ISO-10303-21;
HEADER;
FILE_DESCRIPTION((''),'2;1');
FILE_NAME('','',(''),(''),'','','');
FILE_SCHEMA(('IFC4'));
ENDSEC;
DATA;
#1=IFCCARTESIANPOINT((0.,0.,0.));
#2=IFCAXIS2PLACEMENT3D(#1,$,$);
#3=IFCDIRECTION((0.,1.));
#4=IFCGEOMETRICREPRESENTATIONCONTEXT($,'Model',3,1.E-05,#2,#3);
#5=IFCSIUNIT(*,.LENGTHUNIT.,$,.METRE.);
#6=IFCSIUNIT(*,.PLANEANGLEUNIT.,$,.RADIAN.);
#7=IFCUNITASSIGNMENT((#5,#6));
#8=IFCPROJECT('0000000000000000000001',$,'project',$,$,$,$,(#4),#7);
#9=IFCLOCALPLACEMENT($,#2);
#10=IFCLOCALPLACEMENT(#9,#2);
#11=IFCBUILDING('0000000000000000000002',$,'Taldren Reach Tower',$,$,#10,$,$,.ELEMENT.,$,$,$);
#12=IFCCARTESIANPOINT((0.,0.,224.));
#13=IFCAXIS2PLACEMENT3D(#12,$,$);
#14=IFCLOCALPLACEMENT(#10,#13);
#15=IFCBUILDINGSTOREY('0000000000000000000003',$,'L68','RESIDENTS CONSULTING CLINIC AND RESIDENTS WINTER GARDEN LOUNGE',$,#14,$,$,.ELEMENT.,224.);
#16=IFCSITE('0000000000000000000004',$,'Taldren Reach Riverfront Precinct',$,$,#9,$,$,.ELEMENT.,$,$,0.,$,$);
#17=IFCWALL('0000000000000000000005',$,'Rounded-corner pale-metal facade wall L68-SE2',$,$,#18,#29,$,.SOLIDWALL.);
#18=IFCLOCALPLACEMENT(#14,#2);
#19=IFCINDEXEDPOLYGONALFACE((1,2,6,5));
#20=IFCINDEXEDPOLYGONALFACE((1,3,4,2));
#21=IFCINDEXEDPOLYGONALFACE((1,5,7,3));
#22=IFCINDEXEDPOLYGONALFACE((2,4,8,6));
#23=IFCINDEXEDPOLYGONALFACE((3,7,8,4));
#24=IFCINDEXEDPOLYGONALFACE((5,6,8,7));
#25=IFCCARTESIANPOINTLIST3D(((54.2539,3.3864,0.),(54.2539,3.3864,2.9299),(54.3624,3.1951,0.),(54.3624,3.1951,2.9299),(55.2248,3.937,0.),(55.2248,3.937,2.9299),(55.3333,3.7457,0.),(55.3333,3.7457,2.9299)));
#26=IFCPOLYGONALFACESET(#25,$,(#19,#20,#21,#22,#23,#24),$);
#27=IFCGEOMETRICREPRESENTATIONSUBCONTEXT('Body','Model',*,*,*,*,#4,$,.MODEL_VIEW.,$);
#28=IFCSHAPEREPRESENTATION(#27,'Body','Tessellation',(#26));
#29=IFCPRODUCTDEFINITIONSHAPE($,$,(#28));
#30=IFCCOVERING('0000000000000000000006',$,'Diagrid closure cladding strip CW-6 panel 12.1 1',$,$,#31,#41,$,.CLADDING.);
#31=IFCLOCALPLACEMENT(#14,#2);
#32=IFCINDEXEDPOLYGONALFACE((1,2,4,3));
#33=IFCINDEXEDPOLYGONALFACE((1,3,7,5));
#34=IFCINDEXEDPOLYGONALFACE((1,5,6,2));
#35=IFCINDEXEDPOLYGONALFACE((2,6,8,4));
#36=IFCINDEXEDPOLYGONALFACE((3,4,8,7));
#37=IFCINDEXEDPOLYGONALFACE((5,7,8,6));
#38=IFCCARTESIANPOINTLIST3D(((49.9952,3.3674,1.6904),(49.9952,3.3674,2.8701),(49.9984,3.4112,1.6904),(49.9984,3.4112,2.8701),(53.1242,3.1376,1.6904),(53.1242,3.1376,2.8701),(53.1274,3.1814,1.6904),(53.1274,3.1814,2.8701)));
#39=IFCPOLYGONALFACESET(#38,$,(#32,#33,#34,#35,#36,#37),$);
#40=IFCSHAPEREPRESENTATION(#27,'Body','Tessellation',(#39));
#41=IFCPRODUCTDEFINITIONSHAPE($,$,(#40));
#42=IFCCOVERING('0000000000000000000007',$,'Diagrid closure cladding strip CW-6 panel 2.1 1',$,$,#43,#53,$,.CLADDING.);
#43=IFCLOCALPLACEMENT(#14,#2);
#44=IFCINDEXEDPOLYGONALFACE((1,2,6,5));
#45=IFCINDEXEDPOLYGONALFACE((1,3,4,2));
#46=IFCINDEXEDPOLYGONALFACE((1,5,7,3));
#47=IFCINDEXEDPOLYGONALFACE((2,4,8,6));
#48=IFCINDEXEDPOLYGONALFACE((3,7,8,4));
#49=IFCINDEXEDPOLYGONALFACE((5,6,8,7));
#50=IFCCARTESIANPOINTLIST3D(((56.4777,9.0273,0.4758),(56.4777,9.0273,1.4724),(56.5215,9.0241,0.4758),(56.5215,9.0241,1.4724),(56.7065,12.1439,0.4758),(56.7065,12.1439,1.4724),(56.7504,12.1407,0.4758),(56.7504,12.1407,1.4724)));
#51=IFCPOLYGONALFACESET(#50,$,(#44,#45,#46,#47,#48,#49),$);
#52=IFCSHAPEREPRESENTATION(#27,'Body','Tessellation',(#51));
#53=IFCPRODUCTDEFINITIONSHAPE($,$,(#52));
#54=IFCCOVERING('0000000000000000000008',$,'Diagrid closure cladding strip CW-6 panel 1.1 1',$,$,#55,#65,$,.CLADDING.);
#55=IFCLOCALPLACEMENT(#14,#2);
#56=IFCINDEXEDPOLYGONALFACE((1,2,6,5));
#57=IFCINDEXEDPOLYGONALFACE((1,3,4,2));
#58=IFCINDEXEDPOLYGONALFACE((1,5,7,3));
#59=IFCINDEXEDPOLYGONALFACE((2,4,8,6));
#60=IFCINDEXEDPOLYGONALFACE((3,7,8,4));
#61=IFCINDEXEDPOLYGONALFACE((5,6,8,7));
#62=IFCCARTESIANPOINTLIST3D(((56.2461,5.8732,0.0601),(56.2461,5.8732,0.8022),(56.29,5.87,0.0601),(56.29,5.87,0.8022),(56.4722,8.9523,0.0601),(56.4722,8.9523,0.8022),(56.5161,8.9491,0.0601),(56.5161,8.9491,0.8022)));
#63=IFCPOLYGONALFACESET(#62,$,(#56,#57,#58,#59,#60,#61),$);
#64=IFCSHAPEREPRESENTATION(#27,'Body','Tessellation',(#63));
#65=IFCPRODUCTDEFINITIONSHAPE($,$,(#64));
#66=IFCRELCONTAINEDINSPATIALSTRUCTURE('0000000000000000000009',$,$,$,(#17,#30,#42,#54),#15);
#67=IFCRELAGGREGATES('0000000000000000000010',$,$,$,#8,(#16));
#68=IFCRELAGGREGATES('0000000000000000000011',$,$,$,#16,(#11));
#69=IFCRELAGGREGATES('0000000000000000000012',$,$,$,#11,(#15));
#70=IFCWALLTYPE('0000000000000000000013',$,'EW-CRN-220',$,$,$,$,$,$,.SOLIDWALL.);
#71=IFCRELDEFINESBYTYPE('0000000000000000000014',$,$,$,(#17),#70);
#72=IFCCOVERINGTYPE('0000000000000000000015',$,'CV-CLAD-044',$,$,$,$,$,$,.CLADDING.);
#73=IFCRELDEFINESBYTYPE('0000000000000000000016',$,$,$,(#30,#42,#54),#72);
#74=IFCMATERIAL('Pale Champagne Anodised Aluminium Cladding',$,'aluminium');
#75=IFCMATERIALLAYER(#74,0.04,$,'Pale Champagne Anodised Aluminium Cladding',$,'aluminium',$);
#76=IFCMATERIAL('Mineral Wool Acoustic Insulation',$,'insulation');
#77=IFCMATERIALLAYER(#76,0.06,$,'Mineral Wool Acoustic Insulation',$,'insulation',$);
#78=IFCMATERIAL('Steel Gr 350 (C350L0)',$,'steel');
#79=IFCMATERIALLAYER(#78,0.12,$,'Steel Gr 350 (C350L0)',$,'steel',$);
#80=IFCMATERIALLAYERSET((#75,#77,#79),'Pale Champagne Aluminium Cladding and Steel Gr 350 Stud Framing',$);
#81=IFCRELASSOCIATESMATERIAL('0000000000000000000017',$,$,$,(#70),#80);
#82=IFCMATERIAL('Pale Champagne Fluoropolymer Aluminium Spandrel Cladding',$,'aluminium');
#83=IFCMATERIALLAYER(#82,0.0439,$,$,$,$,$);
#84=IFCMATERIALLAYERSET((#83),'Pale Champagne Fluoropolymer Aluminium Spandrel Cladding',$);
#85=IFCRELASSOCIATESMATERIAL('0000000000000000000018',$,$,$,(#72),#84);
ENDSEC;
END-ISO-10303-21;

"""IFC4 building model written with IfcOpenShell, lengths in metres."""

from ifc_helpers import new_model, si_unit, direction, frame, frame_2d, origin, origin_2d, place, context, subcontext, project, spatial, rectangle, extrude, source, transform, mapped, material, layer, layer_set, type_object, element, save


model = new_model("IFC4")

# Units and contexts
model_context = context("Model", 3, precision=1e-05, world=origin(), true_north=direction((0.0, 1.0)))
body_context = subcontext(model_context, "Body", "Model", "MODEL_VIEW")
ifc_project = project(units=[si_unit("LENGTHUNIT", "METRE"), si_unit("PLANEANGLEUNIT", "RADIAN")], contexts=[model_context])

# Site, building, storey
site_placement = place(None, origin())
site = spatial("IfcSite", under=ifc_project, at=site_placement, Name="Taldren Reach Riverfront Precinct", CompositionType="ELEMENT", RefElevation=0.0)
building_placement = place(site_placement, origin())
building = spatial("IfcBuilding", under=site, at=building_placement, Name="Taldren Reach Tower", CompositionType="ELEMENT")
storey_placement = place(building_placement, frame((0.0, 0.0, 224.0)))
storey = spatial("IfcBuildingStorey", under=building, at=storey_placement, Name="L68", Description="RESIDENTS CONSULTING CLINIC AND RESIDENTS WINTER GARDEN LOUNGE", CompositionType="ELEMENT", Elevation=224.0)

# Shared definitions
ifc_material_1 = material(Name="Steel Gr 350 (C350L0)", Category="steel")

# Wall
ifc_material_2 = material(Name="Pale Champagne Anodised Aluminium Cladding", Category="aluminium")
ifc_layer_1 = layer(ifc_material_2, 0.04, Name="Pale Champagne Anodised Aluminium Cladding", Category="aluminium")
ifc_material_3 = material(Name="Mineral Wool Acoustic Insulation", Category="insulation")
ifc_layer_2 = layer(ifc_material_3, 0.06, Name="Mineral Wool Acoustic Insulation", Category="insulation")
ifc_layer_3 = layer(ifc_material_1, 0.12, Name="Steel Gr 350 (C350L0)", Category="steel")
ifc_layer_set_1 = layer_set([ifc_layer_1, ifc_layer_2, ifc_layer_3], Name="Pale Champagne Aluminium Cladding and Steel Gr 350 Stud Framing")
wall_type = type_object("IfcWallType", Name="EW-CRN-220", PredefinedType="SOLIDWALL", material=ifc_layer_set_1)
shared_shape_1 = source(origin(), body_context, "Body", "SweptSolid", [
    extrude(rectangle(XDim=1.1162, YDim=0.22, at=frame_2d((0.5581, 0.0))), origin(), (0.0, 0.0, 1.0), 2.9299),
])
wall_placement = place(storey_placement, frame((54.3081, 3.2908, 0.0), z_axis=(0.0, 0.0, 1.0), x_axis=(0.869894, 0.493239, 0.0)))
element("IfcWall", 1, at=wall_placement, inside=storey, type_object=wall_type, Name="Rounded-corner pale-metal facade wall L68-SE2", PredefinedType="SOLIDWALL", context=body_context, shape_type="MappedRepresentation", body=[
    mapped(shared_shape_1, transform((0.0, 0.0, 0.0), scale=1.0)),
])

# Coverings
ifc_material_4 = material(Name="Pale Champagne Fluoropolymer Aluminium Spandrel Cladding", Category="aluminium")
ifc_layer_4 = layer(ifc_material_4, 0.0439)
ifc_layer_set_2 = layer_set([ifc_layer_4], Name="Pale Champagne Fluoropolymer Aluminium Spandrel Cladding")
covering_type = type_object("IfcCoveringType", Name="CV-CLAD-044", PredefinedType="CLADDING", material=ifc_layer_set_2)
shared_shape_2 = source(origin(), body_context, "Body", "SweptSolid", [
    extrude(rectangle(XDim=3.1375, YDim=0.0439, at=origin_2d()), origin(), (0.0, 0.0, 1.0), 1.1797),
])
covering_1_placement = place(storey_placement, frame((51.5613, 3.2744, 1.6904), z_axis=(0.0, 0.0, 1.0), x_axis=(0.997314, -0.073238, 0.0)))
element("IfcCovering", 2, at=covering_1_placement, inside=storey, type_object=covering_type, Name="Diagrid closure cladding strip CW-6 panel 12.1 1", PredefinedType="CLADDING", context=body_context, shape_type="MappedRepresentation", body=[
    mapped(shared_shape_2, transform((0.0, 0.0, 0.0), scale=1.0)),
])
shared_shape_3 = source(origin(), body_context, "Body", "SweptSolid", [
    extrude(rectangle(XDim=3.125, YDim=0.0439, at=origin_2d()), origin(), (0.0, 0.0, 1.0), 0.9966),
])
covering_2_placement = place(storey_placement, frame((56.614, 10.584, 0.4758), z_axis=(0.0, 0.0, 1.0), x_axis=(0.073238, 0.997314, 0.0)))
element("IfcCovering", 3, at=covering_2_placement, inside=storey, type_object=covering_type, Name="Diagrid closure cladding strip CW-6 panel 2.1 1", PredefinedType="CLADDING", context=body_context, shape_type="MappedRepresentation", body=[
    mapped(shared_shape_3, transform((0.0, 0.0, 0.0), scale=1.0)),
])
shared_shape_4 = source(origin(), body_context, "Body", "SweptSolid", [
    extrude(rectangle(XDim=3.0874, YDim=0.0439, at=origin_2d()), origin(), (0.0, 0.0, 1.0), 0.7422),
])
covering_3_placement = place(storey_placement, frame((56.3811, 7.4111, 0.0601), z_axis=(0.0, 0.0, 1.0), x_axis=(0.073238, 0.997314, 0.0)))
element("IfcCovering", 4, at=covering_3_placement, inside=storey, type_object=covering_type, Name="Diagrid closure cladding strip CW-6 panel 1.1 1", PredefinedType="CLADDING", context=body_context, shape_type="MappedRepresentation", body=[
    mapped(shared_shape_4, transform((0.0, 0.0, 0.0), scale=1.0)),
])

save(model, "model.ifc")
